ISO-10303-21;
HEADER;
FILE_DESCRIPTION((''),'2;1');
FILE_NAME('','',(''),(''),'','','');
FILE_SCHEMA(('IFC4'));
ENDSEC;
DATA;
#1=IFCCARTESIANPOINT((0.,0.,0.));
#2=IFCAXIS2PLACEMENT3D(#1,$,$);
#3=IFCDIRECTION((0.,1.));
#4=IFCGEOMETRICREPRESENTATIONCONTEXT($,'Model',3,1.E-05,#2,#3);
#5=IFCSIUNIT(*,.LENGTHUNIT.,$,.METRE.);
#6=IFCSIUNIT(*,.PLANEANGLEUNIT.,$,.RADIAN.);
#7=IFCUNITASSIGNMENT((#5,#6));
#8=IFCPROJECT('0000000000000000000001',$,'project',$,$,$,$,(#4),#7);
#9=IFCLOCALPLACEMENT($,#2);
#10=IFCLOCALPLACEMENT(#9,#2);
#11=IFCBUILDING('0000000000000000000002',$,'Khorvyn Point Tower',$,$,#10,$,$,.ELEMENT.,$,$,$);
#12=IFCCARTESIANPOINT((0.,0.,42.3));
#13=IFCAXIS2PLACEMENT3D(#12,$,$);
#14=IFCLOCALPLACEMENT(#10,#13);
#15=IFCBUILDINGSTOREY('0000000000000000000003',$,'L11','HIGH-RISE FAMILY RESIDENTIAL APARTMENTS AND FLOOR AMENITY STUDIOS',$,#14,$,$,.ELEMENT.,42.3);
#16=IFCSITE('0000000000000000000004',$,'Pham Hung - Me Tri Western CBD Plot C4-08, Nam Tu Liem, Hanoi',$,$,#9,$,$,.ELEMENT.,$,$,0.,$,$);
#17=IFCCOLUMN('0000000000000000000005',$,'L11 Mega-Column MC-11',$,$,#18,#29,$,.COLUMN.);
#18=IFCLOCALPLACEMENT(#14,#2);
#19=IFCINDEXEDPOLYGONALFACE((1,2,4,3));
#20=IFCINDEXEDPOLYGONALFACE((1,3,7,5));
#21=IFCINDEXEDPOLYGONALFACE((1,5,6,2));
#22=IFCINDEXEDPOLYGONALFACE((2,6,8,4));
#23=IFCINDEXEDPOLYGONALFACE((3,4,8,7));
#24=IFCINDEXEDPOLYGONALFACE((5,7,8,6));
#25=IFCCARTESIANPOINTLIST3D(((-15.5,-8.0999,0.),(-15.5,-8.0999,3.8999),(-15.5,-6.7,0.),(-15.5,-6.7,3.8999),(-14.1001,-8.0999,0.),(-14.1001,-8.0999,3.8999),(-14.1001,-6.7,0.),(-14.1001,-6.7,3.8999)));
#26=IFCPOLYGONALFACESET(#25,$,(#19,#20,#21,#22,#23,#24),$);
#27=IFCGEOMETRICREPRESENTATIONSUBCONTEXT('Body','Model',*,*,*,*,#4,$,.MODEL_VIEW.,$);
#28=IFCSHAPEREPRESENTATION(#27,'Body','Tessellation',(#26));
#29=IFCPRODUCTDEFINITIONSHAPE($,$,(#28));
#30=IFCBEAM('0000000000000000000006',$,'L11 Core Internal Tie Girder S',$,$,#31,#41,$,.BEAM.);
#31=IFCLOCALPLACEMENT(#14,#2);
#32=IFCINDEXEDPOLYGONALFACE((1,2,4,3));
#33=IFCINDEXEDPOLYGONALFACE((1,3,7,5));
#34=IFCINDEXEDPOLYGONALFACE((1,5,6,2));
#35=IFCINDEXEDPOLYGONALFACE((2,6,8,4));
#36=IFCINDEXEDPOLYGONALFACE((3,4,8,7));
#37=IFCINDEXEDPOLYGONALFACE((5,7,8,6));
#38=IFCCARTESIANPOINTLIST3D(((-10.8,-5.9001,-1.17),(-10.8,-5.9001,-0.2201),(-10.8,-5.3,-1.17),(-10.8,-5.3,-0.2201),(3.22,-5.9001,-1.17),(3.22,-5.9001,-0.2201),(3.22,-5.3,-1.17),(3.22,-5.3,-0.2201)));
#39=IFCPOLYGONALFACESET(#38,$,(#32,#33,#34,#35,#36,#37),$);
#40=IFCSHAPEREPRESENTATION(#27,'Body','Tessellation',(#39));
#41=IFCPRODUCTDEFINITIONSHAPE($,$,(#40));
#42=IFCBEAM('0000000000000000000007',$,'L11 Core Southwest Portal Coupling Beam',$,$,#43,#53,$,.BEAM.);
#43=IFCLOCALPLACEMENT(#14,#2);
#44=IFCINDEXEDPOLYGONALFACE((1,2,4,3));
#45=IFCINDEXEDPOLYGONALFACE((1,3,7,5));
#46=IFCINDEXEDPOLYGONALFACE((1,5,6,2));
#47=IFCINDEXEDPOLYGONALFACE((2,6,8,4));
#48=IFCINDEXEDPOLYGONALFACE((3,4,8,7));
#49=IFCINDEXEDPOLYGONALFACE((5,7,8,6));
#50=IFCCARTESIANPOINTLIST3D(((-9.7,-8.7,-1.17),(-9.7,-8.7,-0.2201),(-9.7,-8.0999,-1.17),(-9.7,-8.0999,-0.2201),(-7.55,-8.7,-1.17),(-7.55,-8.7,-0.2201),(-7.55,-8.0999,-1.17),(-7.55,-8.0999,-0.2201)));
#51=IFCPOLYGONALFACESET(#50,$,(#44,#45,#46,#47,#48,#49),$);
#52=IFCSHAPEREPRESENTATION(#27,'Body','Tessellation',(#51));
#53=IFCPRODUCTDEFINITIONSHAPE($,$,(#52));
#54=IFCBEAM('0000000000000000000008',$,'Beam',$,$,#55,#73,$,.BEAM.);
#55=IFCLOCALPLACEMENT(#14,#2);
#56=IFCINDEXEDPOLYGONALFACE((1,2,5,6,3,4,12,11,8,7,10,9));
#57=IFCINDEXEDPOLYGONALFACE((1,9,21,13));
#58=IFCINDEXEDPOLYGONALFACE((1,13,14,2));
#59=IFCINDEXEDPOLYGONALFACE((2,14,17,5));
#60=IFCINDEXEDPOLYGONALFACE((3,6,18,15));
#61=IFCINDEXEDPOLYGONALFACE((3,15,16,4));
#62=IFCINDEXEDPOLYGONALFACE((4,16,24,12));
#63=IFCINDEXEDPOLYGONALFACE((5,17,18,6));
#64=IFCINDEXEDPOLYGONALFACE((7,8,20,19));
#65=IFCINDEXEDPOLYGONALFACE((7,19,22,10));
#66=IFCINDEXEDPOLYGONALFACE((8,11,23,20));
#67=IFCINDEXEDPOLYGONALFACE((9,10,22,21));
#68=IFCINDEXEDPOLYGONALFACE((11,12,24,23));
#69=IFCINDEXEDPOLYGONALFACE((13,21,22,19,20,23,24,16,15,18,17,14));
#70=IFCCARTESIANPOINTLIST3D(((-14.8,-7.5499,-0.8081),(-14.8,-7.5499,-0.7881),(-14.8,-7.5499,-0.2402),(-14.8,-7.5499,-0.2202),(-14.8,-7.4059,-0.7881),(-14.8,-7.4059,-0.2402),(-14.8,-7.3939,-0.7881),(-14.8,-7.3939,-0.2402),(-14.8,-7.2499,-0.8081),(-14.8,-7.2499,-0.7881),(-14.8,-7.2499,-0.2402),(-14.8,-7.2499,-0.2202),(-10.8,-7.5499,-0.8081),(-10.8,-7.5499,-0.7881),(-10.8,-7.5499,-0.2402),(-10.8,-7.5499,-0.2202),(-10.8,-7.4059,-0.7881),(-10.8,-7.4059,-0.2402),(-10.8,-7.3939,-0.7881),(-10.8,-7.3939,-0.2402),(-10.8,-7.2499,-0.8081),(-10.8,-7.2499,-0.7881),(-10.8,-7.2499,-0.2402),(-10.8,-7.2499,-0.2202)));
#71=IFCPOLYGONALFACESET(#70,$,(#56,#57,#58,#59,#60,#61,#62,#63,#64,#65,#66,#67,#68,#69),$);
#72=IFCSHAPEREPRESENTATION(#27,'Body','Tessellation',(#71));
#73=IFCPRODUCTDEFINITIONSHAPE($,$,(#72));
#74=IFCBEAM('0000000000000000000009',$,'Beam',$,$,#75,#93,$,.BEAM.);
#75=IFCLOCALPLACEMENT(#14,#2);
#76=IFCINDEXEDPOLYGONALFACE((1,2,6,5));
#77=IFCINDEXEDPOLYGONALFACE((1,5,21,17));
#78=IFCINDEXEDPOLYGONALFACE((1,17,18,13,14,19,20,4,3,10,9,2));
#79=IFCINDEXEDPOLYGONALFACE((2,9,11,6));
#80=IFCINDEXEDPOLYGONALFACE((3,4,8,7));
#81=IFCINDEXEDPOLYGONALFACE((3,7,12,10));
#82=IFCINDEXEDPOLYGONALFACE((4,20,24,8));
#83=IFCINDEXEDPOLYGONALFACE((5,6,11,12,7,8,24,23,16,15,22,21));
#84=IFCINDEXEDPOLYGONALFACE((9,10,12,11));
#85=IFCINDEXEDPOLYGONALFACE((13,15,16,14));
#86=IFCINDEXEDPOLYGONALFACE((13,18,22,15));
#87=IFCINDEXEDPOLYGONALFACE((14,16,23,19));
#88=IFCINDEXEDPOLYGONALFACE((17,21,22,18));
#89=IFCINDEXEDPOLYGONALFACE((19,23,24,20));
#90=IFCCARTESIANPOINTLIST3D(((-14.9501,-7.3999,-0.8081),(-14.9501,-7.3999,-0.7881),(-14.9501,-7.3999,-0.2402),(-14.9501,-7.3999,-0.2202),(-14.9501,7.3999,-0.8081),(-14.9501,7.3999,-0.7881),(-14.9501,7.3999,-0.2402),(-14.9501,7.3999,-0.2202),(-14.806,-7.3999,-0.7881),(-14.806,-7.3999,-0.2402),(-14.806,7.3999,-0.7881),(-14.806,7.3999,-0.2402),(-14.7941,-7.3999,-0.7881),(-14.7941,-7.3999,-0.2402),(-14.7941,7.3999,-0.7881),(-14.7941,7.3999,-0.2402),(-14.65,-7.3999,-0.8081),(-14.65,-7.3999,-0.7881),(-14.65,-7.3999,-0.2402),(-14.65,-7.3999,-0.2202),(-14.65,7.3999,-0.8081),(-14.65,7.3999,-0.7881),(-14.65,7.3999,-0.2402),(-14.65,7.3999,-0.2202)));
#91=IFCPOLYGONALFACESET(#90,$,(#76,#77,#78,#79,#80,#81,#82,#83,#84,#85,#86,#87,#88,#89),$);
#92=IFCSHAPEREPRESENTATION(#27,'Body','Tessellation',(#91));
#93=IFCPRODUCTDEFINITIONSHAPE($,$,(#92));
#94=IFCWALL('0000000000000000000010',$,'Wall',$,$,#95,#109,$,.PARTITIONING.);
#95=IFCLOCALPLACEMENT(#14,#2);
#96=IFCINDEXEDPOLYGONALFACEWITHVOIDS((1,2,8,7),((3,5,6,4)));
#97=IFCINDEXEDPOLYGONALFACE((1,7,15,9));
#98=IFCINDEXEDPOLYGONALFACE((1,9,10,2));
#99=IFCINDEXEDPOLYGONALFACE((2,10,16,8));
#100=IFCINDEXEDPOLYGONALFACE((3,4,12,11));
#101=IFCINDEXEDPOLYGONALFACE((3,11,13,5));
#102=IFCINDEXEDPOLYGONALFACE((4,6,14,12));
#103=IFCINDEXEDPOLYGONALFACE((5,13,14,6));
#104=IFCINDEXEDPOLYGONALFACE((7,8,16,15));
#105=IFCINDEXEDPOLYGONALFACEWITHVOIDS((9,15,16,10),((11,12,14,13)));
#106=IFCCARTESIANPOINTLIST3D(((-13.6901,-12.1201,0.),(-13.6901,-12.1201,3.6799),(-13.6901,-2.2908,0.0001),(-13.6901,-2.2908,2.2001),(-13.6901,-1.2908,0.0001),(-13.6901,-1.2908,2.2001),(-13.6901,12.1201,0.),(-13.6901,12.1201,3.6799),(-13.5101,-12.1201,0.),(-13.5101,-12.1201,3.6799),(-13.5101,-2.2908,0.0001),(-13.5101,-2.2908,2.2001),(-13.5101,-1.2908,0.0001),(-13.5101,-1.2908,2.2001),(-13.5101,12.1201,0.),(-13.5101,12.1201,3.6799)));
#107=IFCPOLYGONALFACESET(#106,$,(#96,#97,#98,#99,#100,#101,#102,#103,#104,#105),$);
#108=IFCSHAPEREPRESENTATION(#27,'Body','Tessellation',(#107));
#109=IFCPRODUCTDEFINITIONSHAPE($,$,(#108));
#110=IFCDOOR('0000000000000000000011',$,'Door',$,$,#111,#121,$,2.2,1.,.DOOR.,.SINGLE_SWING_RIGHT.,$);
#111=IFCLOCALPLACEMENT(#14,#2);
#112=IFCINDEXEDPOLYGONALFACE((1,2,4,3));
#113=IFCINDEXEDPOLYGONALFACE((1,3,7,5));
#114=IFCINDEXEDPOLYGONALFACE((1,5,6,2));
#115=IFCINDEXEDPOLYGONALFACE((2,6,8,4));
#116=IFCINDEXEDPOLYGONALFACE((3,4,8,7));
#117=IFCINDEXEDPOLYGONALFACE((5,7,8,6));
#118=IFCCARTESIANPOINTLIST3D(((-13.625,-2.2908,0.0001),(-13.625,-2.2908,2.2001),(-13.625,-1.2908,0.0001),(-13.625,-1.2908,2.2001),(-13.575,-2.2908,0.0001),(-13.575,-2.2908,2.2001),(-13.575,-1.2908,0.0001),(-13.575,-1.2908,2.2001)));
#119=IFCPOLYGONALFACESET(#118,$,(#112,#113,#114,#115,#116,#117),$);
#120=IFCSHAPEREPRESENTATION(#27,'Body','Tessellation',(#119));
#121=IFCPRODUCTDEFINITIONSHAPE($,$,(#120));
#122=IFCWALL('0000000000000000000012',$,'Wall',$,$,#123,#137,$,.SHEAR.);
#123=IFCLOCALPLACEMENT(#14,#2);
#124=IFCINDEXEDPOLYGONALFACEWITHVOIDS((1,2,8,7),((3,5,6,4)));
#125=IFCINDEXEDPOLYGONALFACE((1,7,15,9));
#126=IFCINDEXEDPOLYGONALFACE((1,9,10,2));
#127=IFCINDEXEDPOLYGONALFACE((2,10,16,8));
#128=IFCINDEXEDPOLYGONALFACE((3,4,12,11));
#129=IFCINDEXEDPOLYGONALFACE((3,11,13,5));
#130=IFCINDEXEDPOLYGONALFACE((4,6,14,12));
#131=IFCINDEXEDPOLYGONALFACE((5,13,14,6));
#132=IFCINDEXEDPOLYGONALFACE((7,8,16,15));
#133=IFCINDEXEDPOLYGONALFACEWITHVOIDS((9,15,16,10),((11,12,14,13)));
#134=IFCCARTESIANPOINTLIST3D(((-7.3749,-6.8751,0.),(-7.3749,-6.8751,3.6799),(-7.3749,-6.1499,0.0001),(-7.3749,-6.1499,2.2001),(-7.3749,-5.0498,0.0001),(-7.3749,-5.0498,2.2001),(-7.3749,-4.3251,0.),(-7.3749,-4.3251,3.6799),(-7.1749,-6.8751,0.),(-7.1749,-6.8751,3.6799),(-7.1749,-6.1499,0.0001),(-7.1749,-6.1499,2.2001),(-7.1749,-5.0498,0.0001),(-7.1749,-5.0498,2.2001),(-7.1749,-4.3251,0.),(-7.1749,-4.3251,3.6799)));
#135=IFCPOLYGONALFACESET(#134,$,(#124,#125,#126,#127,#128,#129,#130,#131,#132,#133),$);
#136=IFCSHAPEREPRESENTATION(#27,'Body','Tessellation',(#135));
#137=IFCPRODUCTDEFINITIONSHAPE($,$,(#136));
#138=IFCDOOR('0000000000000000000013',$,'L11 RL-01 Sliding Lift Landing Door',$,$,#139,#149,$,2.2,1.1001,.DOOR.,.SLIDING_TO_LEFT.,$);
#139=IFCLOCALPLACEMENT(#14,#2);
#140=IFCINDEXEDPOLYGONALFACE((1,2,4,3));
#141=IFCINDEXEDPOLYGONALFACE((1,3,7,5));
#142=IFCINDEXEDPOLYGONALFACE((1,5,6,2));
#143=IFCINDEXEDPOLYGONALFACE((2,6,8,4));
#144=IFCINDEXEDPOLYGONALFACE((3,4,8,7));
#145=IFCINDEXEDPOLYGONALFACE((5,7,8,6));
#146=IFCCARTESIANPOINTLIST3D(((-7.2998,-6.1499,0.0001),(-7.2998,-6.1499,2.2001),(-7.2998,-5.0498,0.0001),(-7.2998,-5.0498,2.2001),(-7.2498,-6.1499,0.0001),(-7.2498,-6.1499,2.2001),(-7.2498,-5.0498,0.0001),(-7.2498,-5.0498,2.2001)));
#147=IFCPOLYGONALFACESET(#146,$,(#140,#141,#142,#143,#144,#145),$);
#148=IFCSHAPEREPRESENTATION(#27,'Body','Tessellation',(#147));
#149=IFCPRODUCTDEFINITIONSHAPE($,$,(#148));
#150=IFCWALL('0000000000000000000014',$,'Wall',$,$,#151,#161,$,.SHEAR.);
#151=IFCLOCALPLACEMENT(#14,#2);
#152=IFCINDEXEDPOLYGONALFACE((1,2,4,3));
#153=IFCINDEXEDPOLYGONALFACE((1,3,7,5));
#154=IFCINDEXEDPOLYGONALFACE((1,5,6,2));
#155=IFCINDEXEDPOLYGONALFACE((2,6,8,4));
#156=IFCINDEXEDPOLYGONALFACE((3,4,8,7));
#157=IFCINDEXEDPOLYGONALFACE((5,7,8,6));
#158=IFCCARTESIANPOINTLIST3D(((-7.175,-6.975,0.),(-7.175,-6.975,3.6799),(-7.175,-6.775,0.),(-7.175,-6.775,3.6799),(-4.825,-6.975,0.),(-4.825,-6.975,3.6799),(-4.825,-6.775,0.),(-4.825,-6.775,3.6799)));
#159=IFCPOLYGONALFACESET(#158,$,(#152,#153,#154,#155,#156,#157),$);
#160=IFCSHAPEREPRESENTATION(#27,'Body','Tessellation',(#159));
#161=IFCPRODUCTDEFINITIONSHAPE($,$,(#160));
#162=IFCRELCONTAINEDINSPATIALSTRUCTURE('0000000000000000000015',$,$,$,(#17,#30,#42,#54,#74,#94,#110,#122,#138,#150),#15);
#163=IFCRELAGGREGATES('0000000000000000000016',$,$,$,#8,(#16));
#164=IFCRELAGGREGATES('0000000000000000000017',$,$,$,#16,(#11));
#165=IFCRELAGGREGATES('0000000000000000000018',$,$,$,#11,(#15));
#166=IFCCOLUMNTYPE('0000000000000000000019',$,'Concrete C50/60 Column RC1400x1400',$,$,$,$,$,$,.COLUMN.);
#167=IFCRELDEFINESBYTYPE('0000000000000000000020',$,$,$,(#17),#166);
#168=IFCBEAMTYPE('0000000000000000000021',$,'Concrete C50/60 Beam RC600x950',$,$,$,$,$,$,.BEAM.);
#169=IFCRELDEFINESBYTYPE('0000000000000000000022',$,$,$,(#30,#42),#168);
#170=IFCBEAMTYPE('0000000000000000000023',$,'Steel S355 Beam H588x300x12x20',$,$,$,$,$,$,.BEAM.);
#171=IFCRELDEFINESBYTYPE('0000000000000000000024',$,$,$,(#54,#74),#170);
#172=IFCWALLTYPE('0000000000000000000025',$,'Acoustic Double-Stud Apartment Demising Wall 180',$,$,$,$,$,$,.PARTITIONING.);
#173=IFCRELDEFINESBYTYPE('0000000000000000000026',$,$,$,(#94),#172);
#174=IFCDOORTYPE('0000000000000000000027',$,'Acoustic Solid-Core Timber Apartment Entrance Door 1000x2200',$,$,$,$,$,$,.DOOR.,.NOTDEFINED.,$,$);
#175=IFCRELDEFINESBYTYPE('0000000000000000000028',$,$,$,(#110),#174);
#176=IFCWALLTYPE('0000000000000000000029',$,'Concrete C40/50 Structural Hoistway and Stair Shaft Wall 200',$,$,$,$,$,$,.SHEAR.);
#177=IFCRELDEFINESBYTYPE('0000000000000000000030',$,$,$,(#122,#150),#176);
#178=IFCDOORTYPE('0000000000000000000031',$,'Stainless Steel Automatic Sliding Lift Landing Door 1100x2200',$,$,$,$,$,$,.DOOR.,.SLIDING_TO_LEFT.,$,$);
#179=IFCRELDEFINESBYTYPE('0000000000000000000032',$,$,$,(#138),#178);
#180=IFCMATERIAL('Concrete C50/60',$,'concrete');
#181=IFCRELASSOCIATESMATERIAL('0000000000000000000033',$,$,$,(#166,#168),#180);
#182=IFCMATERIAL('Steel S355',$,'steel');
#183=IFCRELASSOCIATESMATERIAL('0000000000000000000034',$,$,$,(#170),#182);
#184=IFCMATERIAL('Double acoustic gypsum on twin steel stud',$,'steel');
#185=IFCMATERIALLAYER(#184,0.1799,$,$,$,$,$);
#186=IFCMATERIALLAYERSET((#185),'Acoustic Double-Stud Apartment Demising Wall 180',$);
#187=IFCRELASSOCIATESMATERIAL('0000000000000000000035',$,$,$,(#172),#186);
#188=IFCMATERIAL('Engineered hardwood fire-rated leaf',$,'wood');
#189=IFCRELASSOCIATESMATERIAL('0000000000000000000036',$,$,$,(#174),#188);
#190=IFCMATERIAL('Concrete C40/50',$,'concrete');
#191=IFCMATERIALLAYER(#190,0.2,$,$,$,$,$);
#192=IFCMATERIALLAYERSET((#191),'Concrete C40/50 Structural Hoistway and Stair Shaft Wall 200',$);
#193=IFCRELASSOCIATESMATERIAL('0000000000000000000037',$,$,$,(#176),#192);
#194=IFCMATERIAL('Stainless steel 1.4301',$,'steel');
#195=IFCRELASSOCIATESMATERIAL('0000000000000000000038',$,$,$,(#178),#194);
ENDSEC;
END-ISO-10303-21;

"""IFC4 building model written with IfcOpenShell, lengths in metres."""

from ifc_helpers import new_model, si_unit, direction, frame, frame_2d, origin, origin_2d, place, context, subcontext, project, spatial, rectangle, i_section, extrude, material, layer, layer_set, material_profile, profile_set, type_object, element, fill, save


model = new_model("IFC4")

# Units and contexts
model_context = context("Model", 3, precision=1e-05, world=origin(), true_north=direction((0.0, 1.0)))
body_context = subcontext(model_context, "Body", "Model", "MODEL_VIEW")
ifc_project = project(units=[si_unit("LENGTHUNIT", "METRE"), si_unit("PLANEANGLEUNIT", "RADIAN")], contexts=[model_context])

# Site, building, storey
site_placement = place(None, origin())
site = spatial("IfcSite", under=ifc_project, at=site_placement, Name="Pham Hung - Me Tri Western CBD Plot C4-08, Nam Tu Liem, Hanoi", CompositionType="ELEMENT", RefElevation=0.0)
building_placement = place(site_placement, origin())
building = spatial("IfcBuilding", under=site, at=building_placement, Name="Khorvyn Point Tower", CompositionType="ELEMENT")
storey_placement = place(building_placement, frame((0.0, 0.0, 42.3)))
storey = spatial("IfcBuildingStorey", under=building, at=storey_placement, Name="L11", Description="HIGH-RISE FAMILY RESIDENTIAL APARTMENTS AND FLOOR AMENITY STUDIOS", CompositionType="ELEMENT", Elevation=42.3)

# Column
ifc_material_1 = material(Name="Concrete C50/60", Category="concrete")
ifc_material_profile_1 = material_profile(ifc_material_1, rectangle(XDim=1.3999, YDim=1.3999, at=origin_2d()))
ifc_profile_set_1 = profile_set([ifc_material_profile_1], Name="Concrete C50/60 RC1400x1400")
column_type = type_object("IfcColumnType", Name="Concrete C50/60 Column RC1400x1400", PredefinedType="COLUMN", material=ifc_profile_set_1)
column_placement = place(storey_placement, frame((-14.8, -7.3999, 0.0), z_axis=(0.0, 0.0, 1.0), x_axis=(1.0, 0.0, 0.0)))
element("IfcColumn", 1, at=column_placement, inside=storey, type_object=column_type, Name="L11 Mega-Column MC-11", PredefinedType="COLUMN", context=body_context, shape_type="SweptSolid", body=[
    extrude(rectangle(XDim=1.3999, YDim=1.3999, at=origin_2d()), origin(), (0.0, 0.0, 1.0), 3.8999),
])

# Beams
ifc_material_profile_2 = material_profile(ifc_material_1, rectangle(XDim=0.6001, YDim=0.95, at=origin_2d()))
ifc_profile_set_2 = profile_set([ifc_material_profile_2], Name="Concrete C50/60 RC600x950")
beam_type_1 = type_object("IfcBeamType", Name="Concrete C50/60 Beam RC600x950", PredefinedType="BEAM", material=ifc_profile_set_2)
beam_1_placement = place(storey_placement, frame((-10.8, -5.6001, -0.6951), z_axis=(1.0, 0.0, 0.0), x_axis=(0.0, 1.0, 0.0)))
element("IfcBeam", 2, at=beam_1_placement, inside=storey, type_object=beam_type_1, Name="L11 Core Internal Tie Girder S", PredefinedType="BEAM", context=body_context, shape_type="SweptSolid", body=[
    extrude(rectangle(XDim=0.6001, YDim=0.95, at=origin_2d()), origin(), (0.0, 0.0, 1.0), 14.02),
])
beam_2_placement = place(storey_placement, frame((-9.7, -8.3999, -0.6951), z_axis=(1.0, 0.0, 0.0), x_axis=(0.0, 1.0, 0.0)))
element("IfcBeam", 3, at=beam_2_placement, inside=storey, type_object=beam_type_1, Name="L11 Core Southwest Portal Coupling Beam", PredefinedType="BEAM", context=body_context, shape_type="SweptSolid", body=[
    extrude(rectangle(XDim=0.6001, YDim=0.95, at=origin_2d()), origin(), (0.0, 0.0, 1.0), 2.1499),
])
ifc_material_2 = material(Name="Steel S355", Category="steel")
ifc_material_profile_3 = material_profile(ifc_material_2, i_section(OverallWidth=0.3, OverallDepth=0.5879, WebThickness=0.012, FlangeThickness=0.02, at=origin_2d()))
ifc_profile_set_3 = profile_set([ifc_material_profile_3], Name="Steel S355 H588x300x12x20")
beam_type_2 = type_object("IfcBeamType", Name="Steel S355 Beam H588x300x12x20", PredefinedType="BEAM", material=ifc_profile_set_3)
beam_3_placement = place(storey_placement, frame((-14.8, -7.3999, -0.5142), z_axis=(1.0, 0.0, 0.0), x_axis=(0.0, 1.0, 0.0)))
element("IfcBeam", 4, at=beam_3_placement, inside=storey, type_object=beam_type_2, Name="Beam", PredefinedType="BEAM", context=body_context, shape_type="SweptSolid", body=[
    extrude(i_section(OverallWidth=0.3, OverallDepth=0.5879, WebThickness=0.012, FlangeThickness=0.02, at=origin_2d()), origin(), (0.0, 0.0, 1.0), 4.0),
])
beam_4_placement = place(storey_placement, frame((-14.8, -7.3999, -0.5142), z_axis=(0.0, 1.0, 0.0), x_axis=(-1.0, 0.0, 0.0)))
element("IfcBeam", 5, at=beam_4_placement, inside=storey, type_object=beam_type_2, Name="Beam", PredefinedType="BEAM", context=body_context, shape_type="SweptSolid", body=[
    extrude(i_section(OverallWidth=0.3, OverallDepth=0.5879, WebThickness=0.012, FlangeThickness=0.02, at=origin_2d()), origin(), (0.0, 0.0, 1.0), 14.7998),
])

# Walls, openings, doors
ifc_material_3 = material(Name="Double acoustic gypsum on twin steel stud", Category="steel")
ifc_layer_1 = layer(ifc_material_3, 0.1799)
ifc_layer_set_1 = layer_set([ifc_layer_1], Name="Acoustic Double-Stud Apartment Demising Wall 180")
wall_type_1 = type_object("IfcWallType", Name="Acoustic Double-Stud Apartment Demising Wall 180", PredefinedType="PARTITIONING", material=ifc_layer_set_1)
wall_1_placement = place(storey_placement, frame((-13.6001, -12.1201, 0.0), z_axis=(0.0, 0.0, 1.0), x_axis=(0.0, 1.0, 0.0)))
wall_1 = element("IfcWall", 6, at=wall_1_placement, inside=storey, type_object=wall_type_1, Name="Wall", PredefinedType="PARTITIONING", context=body_context, shape_type="SweptSolid", body=[
    extrude(rectangle(XDim=24.2402, YDim=0.1799, at=frame_2d((12.1201, 0.0))), origin(), (0.0, 0.0, 1.0), 3.6799),
])
opening_1_placement = place(wall_1_placement, frame((9.8293, 0.0, 0.0)))
opening_1 = element("IfcOpeningElement", 7, at=opening_1_placement, cuts=wall_1, PredefinedType="OPENING", context=body_context, shape_type="SweptSolid", body=[
    extrude(rectangle(XDim=1.0, YDim=2.2, at=frame_2d((0.5, 1.1001))), frame((0.0, 0.0999, 0.0), z_axis=(0.0, -1.0, 0.0), x_axis=(1.0, 0.0, 0.0)), (0.0, 0.0, 1.0), 0.2),
])
ifc_material_4 = material(Name="Engineered hardwood fire-rated leaf", Category="wood")
door_type_1 = type_object("IfcDoorType", Name="Acoustic Solid-Core Timber Apartment Entrance Door 1000x2200", OperationType="NOTDEFINED", PredefinedType="DOOR", material=ifc_material_4)
door_1_placement = place(opening_1_placement, origin())
door_1 = element("IfcDoor", 8, at=door_1_placement, inside=storey, type_object=door_type_1, Name="Door", OperationType="SINGLE_SWING_RIGHT", OverallHeight=2.2, OverallWidth=1.0, PredefinedType="DOOR", context=body_context, shape_type="SweptSolid", body=[
    extrude(rectangle(XDim=1.0, YDim=2.2, at=frame_2d((0.5, 1.1001))), frame((0.0, 0.0249, 0.0), z_axis=(0.0, -1.0, 0.0), x_axis=(1.0, 0.0, 0.0)), (0.0, 0.0, 1.0), 0.05),
])
fill(opening_1, door_1)
ifc_material_5 = material(Name="Concrete C40/50", Category="concrete")
ifc_layer_2 = layer(ifc_material_5, 0.2)
ifc_layer_set_2 = layer_set([ifc_layer_2], Name="Concrete C40/50 Structural Hoistway and Stair Shaft Wall 200")
wall_type_2 = type_object("IfcWallType", Name="Concrete C40/50 Structural Hoistway and Stair Shaft Wall 200", PredefinedType="SHEAR", material=ifc_layer_set_2)
wall_2_placement = place(storey_placement, frame((-7.2749, -6.875, 0.0), z_axis=(0.0, 0.0, 1.0), x_axis=(0.0, 1.0, 0.0)))
wall_2 = element("IfcWall", 9, at=wall_2_placement, inside=storey, type_object=wall_type_2, Name="Wall", PredefinedType="SHEAR", context=body_context, shape_type="SweptSolid", body=[
    extrude(rectangle(XDim=2.55, YDim=0.2, at=frame_2d((1.2749, 0.0))), origin(), (0.0, 0.0, 1.0), 3.6799),
])
opening_2_placement = place(wall_2_placement, frame((0.7251, 0.0, 0.0)))
opening_2 = element("IfcOpeningElement", 10, at=opening_2_placement, cuts=wall_2, PredefinedType="OPENING", context=body_context, shape_type="SweptSolid", body=[
    extrude(rectangle(XDim=1.1001, YDim=2.2, at=frame_2d((0.55, 1.1001))), frame((0.0, 0.1099, 0.0), z_axis=(0.0, -1.0, 0.0), x_axis=(1.0, 0.0, 0.0)), (0.0, 0.0, 1.0), 0.22),
])
ifc_material_6 = material(Name="Stainless steel 1.4301", Category="steel")
door_type_2 = type_object("IfcDoorType", Name="Stainless Steel Automatic Sliding Lift Landing Door 1100x2200", OperationType="SLIDING_TO_LEFT", PredefinedType="DOOR", material=ifc_material_6)
door_2_placement = place(opening_2_placement, origin())
door_2 = element("IfcDoor", 11, at=door_2_placement, inside=storey, type_object=door_type_2, Name="L11 RL-01 Sliding Lift Landing Door", OperationType="SLIDING_TO_LEFT", OverallHeight=2.2, OverallWidth=1.1001, PredefinedType="DOOR", context=body_context, shape_type="SweptSolid", body=[
    extrude(rectangle(XDim=1.1001, YDim=2.2, at=frame_2d((0.55, 1.1001))), frame((0.0, 0.0249, 0.0), z_axis=(0.0, -1.0, 0.0), x_axis=(1.0, 0.0, 0.0)), (0.0, 0.0, 1.0), 0.05),
])
fill(opening_2, door_2)

# Wall
wall_3_placement = place(storey_placement, frame((-7.175, -6.875, 0.0), z_axis=(0.0, 0.0, 1.0), x_axis=(1.0, 0.0, 0.0)))
element("IfcWall", 12, at=wall_3_placement, inside=storey, type_object=wall_type_2, Name="Wall", PredefinedType="SHEAR", context=body_context, shape_type="SweptSolid", body=[
    extrude(rectangle(XDim=2.3501, YDim=0.2, at=frame_2d((1.175, 0.0))), origin(), (0.0, 0.0, 1.0), 3.6799),
])

save(model, "model.ifc")
